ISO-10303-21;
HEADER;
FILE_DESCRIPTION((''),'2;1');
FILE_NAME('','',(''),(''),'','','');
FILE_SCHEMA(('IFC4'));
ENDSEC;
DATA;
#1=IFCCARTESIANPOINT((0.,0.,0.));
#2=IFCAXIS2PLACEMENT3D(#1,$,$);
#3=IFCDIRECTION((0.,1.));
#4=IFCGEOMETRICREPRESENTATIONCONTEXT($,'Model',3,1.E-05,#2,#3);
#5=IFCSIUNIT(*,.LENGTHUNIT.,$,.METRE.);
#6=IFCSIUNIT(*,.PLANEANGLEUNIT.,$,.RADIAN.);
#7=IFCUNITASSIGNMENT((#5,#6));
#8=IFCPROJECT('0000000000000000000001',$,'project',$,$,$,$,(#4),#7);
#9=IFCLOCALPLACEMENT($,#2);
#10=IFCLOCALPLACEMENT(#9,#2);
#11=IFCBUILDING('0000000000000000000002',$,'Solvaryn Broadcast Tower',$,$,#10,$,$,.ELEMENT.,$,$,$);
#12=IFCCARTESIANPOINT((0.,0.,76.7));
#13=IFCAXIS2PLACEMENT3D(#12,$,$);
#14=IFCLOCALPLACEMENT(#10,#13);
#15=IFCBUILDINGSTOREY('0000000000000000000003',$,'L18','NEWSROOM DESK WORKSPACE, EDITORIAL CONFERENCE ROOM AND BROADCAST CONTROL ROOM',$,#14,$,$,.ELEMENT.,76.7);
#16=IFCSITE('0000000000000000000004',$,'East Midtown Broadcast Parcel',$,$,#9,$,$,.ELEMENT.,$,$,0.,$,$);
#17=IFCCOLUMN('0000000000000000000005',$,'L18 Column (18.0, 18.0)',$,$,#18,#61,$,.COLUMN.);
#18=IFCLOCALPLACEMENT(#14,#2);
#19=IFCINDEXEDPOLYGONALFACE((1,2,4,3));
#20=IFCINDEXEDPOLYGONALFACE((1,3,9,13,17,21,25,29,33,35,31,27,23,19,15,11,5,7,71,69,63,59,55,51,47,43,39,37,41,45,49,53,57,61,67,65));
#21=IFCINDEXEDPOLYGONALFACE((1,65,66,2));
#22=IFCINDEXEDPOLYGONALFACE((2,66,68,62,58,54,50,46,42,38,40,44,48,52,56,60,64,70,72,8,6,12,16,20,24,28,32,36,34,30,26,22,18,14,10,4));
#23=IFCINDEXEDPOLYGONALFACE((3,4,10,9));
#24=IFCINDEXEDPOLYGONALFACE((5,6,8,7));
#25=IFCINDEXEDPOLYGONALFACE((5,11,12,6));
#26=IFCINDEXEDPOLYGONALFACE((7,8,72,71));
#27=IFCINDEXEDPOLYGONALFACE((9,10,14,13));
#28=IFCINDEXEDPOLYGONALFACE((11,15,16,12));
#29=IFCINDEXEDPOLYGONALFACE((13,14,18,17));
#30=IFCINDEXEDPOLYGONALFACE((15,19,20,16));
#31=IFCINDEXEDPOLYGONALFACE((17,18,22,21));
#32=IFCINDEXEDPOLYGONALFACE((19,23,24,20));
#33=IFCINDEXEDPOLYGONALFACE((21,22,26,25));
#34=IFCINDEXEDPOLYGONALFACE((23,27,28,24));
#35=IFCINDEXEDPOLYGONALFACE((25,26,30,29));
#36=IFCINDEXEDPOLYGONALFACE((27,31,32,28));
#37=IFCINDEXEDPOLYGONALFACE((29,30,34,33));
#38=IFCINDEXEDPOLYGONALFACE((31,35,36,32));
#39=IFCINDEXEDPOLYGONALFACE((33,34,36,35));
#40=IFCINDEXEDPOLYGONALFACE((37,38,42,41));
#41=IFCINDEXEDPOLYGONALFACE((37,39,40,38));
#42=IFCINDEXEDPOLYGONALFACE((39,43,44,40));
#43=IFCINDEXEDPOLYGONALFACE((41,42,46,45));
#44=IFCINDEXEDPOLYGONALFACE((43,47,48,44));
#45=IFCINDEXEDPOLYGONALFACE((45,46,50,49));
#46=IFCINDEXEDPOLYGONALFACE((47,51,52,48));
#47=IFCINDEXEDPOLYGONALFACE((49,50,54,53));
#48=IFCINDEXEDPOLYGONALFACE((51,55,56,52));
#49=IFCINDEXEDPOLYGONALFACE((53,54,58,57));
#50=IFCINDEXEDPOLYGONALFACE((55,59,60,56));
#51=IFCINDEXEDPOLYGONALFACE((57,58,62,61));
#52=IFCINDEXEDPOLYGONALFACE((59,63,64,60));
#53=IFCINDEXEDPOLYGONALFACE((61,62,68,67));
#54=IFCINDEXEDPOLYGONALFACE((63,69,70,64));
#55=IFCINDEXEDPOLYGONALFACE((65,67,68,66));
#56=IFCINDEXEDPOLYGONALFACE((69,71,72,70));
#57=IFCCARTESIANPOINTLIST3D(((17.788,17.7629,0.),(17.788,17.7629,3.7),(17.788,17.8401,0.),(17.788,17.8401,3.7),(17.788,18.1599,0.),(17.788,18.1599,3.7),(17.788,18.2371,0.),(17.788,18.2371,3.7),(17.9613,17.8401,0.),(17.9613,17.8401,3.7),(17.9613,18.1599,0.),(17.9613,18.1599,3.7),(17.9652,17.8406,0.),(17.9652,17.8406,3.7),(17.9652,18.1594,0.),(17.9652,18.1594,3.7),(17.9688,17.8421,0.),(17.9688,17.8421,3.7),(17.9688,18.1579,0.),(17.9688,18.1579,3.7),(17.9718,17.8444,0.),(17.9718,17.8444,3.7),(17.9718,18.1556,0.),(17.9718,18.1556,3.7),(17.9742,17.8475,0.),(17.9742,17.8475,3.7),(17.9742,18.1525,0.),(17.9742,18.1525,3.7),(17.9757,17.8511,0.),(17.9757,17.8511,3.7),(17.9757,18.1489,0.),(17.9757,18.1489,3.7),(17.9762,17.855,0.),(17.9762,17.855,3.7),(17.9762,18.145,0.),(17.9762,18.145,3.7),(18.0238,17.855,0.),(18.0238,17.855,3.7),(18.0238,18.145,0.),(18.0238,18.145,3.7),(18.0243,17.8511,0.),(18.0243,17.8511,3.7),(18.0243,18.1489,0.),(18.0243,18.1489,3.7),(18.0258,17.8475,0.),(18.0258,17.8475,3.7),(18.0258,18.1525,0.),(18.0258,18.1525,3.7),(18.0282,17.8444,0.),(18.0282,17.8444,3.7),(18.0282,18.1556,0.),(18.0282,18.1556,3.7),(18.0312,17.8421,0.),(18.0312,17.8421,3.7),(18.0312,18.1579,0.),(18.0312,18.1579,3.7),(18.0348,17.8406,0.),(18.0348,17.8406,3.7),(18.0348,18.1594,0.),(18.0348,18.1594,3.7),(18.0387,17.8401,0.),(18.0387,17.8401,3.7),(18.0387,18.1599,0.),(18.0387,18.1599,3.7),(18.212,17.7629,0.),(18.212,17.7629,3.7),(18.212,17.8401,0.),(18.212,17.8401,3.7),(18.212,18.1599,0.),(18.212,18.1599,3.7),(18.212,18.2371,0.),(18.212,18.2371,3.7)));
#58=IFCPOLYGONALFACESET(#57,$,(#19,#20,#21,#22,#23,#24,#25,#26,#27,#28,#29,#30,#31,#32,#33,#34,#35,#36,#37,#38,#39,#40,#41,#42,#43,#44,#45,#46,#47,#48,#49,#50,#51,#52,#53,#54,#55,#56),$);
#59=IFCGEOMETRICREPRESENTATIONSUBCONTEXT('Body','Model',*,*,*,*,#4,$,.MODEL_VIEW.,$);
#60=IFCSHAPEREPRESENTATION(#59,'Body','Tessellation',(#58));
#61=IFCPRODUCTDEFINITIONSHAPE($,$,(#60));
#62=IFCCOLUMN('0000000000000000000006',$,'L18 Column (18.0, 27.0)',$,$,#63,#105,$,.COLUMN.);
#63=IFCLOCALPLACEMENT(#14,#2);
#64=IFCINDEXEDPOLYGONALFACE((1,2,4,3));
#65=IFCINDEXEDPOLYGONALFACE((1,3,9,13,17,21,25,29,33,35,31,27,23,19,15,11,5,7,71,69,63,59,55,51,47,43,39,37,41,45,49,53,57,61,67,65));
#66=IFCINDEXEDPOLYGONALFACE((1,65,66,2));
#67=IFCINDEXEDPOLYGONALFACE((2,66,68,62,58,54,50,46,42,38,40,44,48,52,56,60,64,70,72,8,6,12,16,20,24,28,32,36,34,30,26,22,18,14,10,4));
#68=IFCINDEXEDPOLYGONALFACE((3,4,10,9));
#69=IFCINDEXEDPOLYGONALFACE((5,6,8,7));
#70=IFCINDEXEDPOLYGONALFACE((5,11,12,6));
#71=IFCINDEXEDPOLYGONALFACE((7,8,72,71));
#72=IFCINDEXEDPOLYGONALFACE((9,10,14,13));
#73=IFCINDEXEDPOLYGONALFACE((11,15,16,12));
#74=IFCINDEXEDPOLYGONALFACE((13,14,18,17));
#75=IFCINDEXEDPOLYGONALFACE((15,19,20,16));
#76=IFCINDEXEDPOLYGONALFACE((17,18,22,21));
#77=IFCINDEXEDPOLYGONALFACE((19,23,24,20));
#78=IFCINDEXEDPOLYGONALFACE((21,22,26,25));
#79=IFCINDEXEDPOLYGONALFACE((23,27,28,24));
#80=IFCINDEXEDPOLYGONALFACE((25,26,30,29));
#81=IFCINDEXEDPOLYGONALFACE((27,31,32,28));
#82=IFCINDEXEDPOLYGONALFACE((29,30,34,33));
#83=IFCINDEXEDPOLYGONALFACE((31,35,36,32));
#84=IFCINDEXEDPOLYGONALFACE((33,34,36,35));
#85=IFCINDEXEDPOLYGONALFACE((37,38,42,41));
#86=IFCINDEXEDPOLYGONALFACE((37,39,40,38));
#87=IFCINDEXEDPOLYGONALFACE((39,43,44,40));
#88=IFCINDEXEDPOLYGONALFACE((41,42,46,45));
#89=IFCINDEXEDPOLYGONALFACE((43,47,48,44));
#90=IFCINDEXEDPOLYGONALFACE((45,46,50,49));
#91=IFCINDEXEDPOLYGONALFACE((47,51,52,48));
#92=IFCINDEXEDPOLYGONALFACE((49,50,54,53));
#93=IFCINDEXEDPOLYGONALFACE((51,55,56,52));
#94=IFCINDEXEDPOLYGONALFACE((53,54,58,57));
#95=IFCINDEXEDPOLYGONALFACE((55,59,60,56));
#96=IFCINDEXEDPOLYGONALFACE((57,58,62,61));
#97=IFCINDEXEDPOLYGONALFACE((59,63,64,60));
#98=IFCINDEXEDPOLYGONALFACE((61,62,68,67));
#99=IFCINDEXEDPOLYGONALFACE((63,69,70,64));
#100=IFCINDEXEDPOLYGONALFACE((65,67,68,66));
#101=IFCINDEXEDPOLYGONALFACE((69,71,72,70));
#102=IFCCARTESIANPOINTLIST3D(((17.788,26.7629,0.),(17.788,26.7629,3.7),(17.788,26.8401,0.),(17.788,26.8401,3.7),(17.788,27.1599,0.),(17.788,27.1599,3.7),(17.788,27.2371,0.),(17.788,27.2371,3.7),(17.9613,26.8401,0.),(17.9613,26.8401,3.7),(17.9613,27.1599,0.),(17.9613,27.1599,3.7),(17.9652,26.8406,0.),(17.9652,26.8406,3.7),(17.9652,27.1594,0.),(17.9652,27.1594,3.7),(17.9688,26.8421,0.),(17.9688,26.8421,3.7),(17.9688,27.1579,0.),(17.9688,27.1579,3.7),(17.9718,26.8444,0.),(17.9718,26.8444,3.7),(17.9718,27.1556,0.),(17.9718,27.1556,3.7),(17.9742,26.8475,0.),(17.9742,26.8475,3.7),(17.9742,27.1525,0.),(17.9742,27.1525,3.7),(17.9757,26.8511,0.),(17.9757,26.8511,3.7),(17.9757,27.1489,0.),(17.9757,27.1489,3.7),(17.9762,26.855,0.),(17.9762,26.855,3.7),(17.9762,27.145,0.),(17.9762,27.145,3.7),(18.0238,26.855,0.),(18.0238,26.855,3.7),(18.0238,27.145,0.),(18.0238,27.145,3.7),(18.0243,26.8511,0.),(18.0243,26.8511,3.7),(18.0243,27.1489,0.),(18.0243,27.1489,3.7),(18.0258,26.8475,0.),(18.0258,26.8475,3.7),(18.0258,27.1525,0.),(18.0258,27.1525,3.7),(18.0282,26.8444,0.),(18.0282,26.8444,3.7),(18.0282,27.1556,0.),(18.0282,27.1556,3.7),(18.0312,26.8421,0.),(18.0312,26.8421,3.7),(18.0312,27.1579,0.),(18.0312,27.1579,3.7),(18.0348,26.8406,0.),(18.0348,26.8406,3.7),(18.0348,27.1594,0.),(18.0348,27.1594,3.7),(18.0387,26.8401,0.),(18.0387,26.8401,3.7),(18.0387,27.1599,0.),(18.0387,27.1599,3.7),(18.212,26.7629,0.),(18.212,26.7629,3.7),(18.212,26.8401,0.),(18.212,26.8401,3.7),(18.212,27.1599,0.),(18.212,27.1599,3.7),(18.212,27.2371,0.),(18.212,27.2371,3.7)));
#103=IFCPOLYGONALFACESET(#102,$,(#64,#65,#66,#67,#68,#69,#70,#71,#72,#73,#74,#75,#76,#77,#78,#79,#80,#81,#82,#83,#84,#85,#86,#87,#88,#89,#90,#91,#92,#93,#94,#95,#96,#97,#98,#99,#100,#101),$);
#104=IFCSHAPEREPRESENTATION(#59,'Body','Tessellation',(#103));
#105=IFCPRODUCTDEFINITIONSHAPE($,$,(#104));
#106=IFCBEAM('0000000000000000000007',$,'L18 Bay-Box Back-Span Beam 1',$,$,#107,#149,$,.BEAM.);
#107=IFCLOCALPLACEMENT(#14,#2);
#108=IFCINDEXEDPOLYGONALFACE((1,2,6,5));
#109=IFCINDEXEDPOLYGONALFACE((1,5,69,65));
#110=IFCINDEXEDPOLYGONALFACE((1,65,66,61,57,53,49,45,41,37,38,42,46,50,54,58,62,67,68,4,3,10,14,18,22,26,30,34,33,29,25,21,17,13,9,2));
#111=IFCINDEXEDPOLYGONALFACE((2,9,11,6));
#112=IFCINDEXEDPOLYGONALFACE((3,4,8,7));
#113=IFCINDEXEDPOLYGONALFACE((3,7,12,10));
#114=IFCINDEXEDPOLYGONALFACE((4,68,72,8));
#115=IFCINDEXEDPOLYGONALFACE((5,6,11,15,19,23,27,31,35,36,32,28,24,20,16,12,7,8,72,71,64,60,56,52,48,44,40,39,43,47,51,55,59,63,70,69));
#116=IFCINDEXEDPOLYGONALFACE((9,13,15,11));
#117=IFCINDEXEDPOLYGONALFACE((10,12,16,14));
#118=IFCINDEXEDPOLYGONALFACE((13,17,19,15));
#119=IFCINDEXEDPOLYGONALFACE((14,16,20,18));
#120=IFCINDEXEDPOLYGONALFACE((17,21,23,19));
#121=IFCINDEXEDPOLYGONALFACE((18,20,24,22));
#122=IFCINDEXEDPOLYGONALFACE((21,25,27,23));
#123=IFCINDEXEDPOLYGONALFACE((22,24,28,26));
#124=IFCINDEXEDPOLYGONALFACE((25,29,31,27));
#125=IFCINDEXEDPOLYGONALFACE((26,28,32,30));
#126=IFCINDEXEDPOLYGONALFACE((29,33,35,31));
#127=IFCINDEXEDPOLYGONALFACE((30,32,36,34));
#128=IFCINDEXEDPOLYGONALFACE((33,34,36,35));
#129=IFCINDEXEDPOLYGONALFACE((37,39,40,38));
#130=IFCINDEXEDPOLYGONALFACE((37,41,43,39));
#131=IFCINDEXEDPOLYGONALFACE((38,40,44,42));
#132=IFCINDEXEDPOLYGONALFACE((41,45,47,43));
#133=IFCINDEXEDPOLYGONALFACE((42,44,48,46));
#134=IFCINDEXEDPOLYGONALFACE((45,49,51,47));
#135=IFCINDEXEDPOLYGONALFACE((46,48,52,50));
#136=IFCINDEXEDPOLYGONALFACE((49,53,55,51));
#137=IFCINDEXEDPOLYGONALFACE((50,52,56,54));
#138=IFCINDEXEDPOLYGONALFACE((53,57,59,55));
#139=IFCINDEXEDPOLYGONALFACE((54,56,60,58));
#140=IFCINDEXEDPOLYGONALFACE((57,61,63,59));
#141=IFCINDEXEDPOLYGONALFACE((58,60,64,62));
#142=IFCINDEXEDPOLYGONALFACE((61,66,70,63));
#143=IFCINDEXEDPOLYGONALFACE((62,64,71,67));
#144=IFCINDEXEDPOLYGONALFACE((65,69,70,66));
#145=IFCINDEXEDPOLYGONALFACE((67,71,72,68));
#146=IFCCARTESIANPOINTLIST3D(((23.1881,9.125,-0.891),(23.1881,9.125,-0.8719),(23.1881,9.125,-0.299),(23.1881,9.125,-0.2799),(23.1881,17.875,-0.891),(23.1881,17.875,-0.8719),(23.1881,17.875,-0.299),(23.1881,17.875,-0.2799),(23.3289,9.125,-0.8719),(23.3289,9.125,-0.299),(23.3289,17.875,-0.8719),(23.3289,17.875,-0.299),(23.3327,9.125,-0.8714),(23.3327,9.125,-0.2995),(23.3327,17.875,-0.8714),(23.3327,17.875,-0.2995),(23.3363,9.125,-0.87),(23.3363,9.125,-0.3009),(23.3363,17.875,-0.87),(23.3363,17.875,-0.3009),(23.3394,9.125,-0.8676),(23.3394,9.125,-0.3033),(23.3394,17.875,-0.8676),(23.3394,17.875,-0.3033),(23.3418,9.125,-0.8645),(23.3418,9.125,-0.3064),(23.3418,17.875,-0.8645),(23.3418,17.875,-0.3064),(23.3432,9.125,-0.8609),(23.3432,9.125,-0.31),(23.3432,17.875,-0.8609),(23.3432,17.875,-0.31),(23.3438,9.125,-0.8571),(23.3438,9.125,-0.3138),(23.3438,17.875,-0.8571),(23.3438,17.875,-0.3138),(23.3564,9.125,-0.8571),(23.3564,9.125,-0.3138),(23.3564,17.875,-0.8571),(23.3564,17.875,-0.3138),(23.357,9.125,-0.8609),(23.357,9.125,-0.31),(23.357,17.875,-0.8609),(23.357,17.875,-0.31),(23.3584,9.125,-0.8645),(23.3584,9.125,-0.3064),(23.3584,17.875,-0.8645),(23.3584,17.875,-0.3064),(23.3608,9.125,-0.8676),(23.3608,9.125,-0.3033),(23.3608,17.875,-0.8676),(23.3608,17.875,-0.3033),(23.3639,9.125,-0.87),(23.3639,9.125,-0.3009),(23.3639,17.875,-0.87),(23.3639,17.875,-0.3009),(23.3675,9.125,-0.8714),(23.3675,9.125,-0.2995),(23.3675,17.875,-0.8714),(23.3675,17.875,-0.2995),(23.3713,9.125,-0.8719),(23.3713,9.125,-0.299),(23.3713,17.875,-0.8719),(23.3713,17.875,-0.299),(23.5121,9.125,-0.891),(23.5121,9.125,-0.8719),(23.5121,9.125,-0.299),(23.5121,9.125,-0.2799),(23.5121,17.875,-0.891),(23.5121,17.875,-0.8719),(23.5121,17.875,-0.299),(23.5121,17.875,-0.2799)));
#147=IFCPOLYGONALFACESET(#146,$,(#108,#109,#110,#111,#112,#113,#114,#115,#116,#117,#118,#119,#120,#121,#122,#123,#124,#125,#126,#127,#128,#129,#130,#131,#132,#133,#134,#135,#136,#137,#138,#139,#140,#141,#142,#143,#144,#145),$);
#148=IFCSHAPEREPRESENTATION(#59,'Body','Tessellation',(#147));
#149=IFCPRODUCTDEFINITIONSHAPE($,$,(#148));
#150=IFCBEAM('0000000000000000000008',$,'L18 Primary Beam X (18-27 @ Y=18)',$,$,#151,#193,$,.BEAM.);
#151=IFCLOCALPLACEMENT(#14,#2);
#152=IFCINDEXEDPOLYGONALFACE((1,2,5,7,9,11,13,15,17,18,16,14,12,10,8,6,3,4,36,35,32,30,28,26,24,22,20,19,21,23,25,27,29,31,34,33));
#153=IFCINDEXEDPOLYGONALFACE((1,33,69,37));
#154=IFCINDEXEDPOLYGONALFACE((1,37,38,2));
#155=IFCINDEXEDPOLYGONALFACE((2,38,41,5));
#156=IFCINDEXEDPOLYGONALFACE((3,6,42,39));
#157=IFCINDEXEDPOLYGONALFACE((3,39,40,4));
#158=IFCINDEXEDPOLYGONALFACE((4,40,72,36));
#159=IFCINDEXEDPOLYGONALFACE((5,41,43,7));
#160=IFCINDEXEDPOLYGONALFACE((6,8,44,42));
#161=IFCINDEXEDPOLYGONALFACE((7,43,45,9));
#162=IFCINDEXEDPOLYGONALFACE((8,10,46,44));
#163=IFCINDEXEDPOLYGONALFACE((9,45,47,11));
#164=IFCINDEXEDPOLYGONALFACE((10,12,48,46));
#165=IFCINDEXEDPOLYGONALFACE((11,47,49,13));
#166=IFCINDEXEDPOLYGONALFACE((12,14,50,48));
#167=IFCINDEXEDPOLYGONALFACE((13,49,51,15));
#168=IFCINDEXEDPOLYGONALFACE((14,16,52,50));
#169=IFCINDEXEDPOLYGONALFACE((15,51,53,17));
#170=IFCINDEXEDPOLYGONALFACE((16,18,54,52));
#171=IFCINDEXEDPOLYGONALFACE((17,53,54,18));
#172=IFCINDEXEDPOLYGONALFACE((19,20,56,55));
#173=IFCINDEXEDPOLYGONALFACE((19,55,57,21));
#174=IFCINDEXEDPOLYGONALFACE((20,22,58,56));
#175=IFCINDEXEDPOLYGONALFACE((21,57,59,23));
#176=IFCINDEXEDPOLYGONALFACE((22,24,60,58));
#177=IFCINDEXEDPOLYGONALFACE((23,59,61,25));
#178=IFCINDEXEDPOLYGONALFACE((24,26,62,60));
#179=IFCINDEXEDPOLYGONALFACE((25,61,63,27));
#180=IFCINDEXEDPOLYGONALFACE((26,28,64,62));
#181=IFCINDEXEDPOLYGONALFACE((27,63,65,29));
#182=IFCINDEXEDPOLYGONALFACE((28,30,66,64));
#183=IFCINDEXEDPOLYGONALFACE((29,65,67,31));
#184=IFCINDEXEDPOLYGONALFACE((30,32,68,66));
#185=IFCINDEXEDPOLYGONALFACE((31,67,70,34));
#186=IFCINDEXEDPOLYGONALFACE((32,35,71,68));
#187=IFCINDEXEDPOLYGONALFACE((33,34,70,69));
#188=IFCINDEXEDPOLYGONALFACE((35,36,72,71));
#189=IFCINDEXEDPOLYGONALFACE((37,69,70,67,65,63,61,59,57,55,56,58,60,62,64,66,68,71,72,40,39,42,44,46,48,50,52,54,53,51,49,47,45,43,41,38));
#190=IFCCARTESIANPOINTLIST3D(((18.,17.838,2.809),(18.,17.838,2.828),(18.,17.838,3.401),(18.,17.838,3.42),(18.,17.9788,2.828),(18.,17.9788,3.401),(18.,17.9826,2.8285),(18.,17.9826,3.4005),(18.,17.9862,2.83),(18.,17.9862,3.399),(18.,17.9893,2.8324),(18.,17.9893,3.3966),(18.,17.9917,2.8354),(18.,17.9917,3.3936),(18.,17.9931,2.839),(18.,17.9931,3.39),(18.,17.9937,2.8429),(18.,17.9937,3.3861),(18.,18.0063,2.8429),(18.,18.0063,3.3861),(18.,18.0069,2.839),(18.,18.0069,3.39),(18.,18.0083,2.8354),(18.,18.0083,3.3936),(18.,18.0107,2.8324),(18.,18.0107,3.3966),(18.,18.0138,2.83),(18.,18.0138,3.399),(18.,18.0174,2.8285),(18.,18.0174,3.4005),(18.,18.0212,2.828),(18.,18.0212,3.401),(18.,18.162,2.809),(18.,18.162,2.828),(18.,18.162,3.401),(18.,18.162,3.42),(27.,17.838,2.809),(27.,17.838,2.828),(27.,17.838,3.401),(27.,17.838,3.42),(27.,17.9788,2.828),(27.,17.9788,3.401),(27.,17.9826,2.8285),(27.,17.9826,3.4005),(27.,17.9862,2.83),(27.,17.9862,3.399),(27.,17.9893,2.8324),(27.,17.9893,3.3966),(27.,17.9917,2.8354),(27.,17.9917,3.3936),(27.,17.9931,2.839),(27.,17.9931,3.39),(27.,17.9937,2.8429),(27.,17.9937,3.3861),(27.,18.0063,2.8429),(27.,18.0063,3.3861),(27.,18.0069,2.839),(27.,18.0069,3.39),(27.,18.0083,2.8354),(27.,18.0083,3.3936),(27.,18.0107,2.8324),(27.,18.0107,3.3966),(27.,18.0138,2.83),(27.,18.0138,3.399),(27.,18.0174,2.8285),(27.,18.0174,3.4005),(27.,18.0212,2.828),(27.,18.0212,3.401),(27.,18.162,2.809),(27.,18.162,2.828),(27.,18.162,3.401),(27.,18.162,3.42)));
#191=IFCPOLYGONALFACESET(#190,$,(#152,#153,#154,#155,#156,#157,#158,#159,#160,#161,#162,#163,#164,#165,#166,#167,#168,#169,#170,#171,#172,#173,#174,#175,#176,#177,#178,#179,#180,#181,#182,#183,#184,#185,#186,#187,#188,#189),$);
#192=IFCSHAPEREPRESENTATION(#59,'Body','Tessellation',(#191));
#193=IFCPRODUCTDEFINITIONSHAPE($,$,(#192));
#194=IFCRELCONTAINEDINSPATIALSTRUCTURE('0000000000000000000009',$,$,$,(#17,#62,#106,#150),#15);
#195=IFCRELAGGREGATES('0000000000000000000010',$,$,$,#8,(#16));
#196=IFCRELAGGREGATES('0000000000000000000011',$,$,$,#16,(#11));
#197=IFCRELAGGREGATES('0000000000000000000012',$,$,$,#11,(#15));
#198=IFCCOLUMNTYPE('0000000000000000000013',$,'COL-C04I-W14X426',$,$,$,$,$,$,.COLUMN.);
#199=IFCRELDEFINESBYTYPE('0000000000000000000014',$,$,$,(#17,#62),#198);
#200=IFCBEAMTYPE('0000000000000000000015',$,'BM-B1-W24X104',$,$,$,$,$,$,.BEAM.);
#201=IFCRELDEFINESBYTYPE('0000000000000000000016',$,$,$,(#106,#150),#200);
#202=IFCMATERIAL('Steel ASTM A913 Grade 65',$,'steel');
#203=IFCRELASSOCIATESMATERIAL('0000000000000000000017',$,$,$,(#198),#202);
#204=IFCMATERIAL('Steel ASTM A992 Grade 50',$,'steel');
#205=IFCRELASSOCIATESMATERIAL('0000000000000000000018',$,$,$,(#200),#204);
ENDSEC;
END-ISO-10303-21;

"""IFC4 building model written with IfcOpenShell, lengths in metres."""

from ifc_helpers import new_model, si_unit, direction, frame, origin, origin_2d, place, context, subcontext, project, spatial, i_section, extrude, material, material_profile, profile_set, type_object, element, save


model = new_model("IFC4")

# Units and contexts
model_context = context("Model", 3, precision=1e-05, world=origin(), true_north=direction((0.0, 1.0)))
body_context = subcontext(model_context, "Body", "Model", "MODEL_VIEW")
ifc_project = project(units=[si_unit("LENGTHUNIT", "METRE"), si_unit("PLANEANGLEUNIT", "RADIAN")], contexts=[model_context])

# Site, building, storey
site_placement = place(None, origin())
site = spatial("IfcSite", under=ifc_project, at=site_placement, Name="East Midtown Broadcast Parcel", CompositionType="ELEMENT", RefElevation=0.0)
building_placement = place(site_placement, origin())
building = spatial("IfcBuilding", under=site, at=building_placement, Name="Solvaryn Broadcast Tower", CompositionType="ELEMENT")
storey_placement = place(building_placement, frame((0.0, 0.0, 76.7)))
storey = spatial("IfcBuildingStorey", under=building, at=storey_placement, Name="L18", Description="NEWSROOM DESK WORKSPACE, EDITORIAL CONFERENCE ROOM AND BROADCAST CONTROL ROOM", CompositionType="ELEMENT", Elevation=76.7)

# Columns
ifc_material_1 = material(Name="Steel ASTM A913 Grade 65", Category="steel")
ifc_material_profile_1 = material_profile(ifc_material_1, i_section(OverallWidth=0.4241, OverallDepth=0.4741, WebThickness=0.0476, FlangeThickness=0.0771, FilletRadius=0.0149, at=origin_2d()))
ifc_profile_set_1 = profile_set([ifc_material_profile_1], Name="Steel ASTM A913 Grade 65")
column_type = type_object("IfcColumnType", Name="COL-C04I-W14X426", PredefinedType="COLUMN", material=ifc_profile_set_1)
for number, where, z_axis, x_axis, name in (
    (1, (18.0, 18.0, 0.0), (0.0, 0.0, 1.0), (1.0, 0.0, 0.0), "L18 Column (18.0, 18.0)"),
    (2, (18.0, 27.0, 0.0), (0.0, 0.0, 1.0), (1.0, 0.0, 0.0), "L18 Column (18.0, 27.0)"),
):
    element("IfcColumn", number, at=place(storey_placement, frame(where, z_axis=z_axis, x_axis=x_axis)), inside=storey, type_object=column_type, Name=name, PredefinedType="COLUMN", context=body_context, shape_type="SweptSolid", body=[
        extrude(i_section(OverallWidth=0.4241, OverallDepth=0.4741, WebThickness=0.0476, FlangeThickness=0.0771, FilletRadius=0.0149, at=origin_2d()), origin(), (0.0, 0.0, 1.0), 3.7),
    ])

# Beams
ifc_material_2 = material(Name="Steel ASTM A992 Grade 50", Category="steel")
ifc_material_profile_2 = material_profile(ifc_material_2, i_section(OverallWidth=0.324, OverallDepth=0.6111, WebThickness=0.0127, FlangeThickness=0.019, FilletRadius=0.0149, at=origin_2d()))
ifc_profile_set_2 = profile_set([ifc_material_profile_2], Name="Steel ASTM A992 Grade 50")
beam_type_1 = type_object("IfcBeamType", Name="BM-B1-W24X104", PredefinedType="BEAM", material=ifc_profile_set_2)
beam_1_placement = place(storey_placement, frame((23.3501, 17.875, -0.5854), z_axis=(0.0, -1.0, 0.0), x_axis=(1.0, 0.0, 0.0)))
element("IfcBeam", 3, at=beam_1_placement, inside=storey, type_object=beam_type_1, Name="L18 Bay-Box Back-Span Beam 1", PredefinedType="BEAM", context=body_context, shape_type="SweptSolid", body=[
    extrude(i_section(OverallWidth=0.324, OverallDepth=0.6111, WebThickness=0.0127, FlangeThickness=0.019, FilletRadius=0.0149, at=origin_2d()), origin(), (0.0, 0.0, 1.0), 8.75),
])
for number, where, z_axis, x_axis, name in (
    (4, (18.0, 18.0, 3.1145), (1.0, 0.0, 0.0), (0.0, 1.0, 0.0), "L18 Primary Beam X (18-27 @ Y=18)"),
):
    element("IfcBeam", number, at=place(storey_placement, frame(where, z_axis=z_axis, x_axis=x_axis)), inside=storey, type_object=beam_type_1, Name=name, PredefinedType="BEAM", context=body_context, shape_type="SweptSolid", body=[
        extrude(i_section(OverallWidth=0.324, OverallDepth=0.6111, WebThickness=0.0127, FlangeThickness=0.019, FilletRadius=0.0149, at=origin_2d()), origin(), (0.0, 0.0, 1.0), 9.0),
    ])

save(model, "model.ifc")
